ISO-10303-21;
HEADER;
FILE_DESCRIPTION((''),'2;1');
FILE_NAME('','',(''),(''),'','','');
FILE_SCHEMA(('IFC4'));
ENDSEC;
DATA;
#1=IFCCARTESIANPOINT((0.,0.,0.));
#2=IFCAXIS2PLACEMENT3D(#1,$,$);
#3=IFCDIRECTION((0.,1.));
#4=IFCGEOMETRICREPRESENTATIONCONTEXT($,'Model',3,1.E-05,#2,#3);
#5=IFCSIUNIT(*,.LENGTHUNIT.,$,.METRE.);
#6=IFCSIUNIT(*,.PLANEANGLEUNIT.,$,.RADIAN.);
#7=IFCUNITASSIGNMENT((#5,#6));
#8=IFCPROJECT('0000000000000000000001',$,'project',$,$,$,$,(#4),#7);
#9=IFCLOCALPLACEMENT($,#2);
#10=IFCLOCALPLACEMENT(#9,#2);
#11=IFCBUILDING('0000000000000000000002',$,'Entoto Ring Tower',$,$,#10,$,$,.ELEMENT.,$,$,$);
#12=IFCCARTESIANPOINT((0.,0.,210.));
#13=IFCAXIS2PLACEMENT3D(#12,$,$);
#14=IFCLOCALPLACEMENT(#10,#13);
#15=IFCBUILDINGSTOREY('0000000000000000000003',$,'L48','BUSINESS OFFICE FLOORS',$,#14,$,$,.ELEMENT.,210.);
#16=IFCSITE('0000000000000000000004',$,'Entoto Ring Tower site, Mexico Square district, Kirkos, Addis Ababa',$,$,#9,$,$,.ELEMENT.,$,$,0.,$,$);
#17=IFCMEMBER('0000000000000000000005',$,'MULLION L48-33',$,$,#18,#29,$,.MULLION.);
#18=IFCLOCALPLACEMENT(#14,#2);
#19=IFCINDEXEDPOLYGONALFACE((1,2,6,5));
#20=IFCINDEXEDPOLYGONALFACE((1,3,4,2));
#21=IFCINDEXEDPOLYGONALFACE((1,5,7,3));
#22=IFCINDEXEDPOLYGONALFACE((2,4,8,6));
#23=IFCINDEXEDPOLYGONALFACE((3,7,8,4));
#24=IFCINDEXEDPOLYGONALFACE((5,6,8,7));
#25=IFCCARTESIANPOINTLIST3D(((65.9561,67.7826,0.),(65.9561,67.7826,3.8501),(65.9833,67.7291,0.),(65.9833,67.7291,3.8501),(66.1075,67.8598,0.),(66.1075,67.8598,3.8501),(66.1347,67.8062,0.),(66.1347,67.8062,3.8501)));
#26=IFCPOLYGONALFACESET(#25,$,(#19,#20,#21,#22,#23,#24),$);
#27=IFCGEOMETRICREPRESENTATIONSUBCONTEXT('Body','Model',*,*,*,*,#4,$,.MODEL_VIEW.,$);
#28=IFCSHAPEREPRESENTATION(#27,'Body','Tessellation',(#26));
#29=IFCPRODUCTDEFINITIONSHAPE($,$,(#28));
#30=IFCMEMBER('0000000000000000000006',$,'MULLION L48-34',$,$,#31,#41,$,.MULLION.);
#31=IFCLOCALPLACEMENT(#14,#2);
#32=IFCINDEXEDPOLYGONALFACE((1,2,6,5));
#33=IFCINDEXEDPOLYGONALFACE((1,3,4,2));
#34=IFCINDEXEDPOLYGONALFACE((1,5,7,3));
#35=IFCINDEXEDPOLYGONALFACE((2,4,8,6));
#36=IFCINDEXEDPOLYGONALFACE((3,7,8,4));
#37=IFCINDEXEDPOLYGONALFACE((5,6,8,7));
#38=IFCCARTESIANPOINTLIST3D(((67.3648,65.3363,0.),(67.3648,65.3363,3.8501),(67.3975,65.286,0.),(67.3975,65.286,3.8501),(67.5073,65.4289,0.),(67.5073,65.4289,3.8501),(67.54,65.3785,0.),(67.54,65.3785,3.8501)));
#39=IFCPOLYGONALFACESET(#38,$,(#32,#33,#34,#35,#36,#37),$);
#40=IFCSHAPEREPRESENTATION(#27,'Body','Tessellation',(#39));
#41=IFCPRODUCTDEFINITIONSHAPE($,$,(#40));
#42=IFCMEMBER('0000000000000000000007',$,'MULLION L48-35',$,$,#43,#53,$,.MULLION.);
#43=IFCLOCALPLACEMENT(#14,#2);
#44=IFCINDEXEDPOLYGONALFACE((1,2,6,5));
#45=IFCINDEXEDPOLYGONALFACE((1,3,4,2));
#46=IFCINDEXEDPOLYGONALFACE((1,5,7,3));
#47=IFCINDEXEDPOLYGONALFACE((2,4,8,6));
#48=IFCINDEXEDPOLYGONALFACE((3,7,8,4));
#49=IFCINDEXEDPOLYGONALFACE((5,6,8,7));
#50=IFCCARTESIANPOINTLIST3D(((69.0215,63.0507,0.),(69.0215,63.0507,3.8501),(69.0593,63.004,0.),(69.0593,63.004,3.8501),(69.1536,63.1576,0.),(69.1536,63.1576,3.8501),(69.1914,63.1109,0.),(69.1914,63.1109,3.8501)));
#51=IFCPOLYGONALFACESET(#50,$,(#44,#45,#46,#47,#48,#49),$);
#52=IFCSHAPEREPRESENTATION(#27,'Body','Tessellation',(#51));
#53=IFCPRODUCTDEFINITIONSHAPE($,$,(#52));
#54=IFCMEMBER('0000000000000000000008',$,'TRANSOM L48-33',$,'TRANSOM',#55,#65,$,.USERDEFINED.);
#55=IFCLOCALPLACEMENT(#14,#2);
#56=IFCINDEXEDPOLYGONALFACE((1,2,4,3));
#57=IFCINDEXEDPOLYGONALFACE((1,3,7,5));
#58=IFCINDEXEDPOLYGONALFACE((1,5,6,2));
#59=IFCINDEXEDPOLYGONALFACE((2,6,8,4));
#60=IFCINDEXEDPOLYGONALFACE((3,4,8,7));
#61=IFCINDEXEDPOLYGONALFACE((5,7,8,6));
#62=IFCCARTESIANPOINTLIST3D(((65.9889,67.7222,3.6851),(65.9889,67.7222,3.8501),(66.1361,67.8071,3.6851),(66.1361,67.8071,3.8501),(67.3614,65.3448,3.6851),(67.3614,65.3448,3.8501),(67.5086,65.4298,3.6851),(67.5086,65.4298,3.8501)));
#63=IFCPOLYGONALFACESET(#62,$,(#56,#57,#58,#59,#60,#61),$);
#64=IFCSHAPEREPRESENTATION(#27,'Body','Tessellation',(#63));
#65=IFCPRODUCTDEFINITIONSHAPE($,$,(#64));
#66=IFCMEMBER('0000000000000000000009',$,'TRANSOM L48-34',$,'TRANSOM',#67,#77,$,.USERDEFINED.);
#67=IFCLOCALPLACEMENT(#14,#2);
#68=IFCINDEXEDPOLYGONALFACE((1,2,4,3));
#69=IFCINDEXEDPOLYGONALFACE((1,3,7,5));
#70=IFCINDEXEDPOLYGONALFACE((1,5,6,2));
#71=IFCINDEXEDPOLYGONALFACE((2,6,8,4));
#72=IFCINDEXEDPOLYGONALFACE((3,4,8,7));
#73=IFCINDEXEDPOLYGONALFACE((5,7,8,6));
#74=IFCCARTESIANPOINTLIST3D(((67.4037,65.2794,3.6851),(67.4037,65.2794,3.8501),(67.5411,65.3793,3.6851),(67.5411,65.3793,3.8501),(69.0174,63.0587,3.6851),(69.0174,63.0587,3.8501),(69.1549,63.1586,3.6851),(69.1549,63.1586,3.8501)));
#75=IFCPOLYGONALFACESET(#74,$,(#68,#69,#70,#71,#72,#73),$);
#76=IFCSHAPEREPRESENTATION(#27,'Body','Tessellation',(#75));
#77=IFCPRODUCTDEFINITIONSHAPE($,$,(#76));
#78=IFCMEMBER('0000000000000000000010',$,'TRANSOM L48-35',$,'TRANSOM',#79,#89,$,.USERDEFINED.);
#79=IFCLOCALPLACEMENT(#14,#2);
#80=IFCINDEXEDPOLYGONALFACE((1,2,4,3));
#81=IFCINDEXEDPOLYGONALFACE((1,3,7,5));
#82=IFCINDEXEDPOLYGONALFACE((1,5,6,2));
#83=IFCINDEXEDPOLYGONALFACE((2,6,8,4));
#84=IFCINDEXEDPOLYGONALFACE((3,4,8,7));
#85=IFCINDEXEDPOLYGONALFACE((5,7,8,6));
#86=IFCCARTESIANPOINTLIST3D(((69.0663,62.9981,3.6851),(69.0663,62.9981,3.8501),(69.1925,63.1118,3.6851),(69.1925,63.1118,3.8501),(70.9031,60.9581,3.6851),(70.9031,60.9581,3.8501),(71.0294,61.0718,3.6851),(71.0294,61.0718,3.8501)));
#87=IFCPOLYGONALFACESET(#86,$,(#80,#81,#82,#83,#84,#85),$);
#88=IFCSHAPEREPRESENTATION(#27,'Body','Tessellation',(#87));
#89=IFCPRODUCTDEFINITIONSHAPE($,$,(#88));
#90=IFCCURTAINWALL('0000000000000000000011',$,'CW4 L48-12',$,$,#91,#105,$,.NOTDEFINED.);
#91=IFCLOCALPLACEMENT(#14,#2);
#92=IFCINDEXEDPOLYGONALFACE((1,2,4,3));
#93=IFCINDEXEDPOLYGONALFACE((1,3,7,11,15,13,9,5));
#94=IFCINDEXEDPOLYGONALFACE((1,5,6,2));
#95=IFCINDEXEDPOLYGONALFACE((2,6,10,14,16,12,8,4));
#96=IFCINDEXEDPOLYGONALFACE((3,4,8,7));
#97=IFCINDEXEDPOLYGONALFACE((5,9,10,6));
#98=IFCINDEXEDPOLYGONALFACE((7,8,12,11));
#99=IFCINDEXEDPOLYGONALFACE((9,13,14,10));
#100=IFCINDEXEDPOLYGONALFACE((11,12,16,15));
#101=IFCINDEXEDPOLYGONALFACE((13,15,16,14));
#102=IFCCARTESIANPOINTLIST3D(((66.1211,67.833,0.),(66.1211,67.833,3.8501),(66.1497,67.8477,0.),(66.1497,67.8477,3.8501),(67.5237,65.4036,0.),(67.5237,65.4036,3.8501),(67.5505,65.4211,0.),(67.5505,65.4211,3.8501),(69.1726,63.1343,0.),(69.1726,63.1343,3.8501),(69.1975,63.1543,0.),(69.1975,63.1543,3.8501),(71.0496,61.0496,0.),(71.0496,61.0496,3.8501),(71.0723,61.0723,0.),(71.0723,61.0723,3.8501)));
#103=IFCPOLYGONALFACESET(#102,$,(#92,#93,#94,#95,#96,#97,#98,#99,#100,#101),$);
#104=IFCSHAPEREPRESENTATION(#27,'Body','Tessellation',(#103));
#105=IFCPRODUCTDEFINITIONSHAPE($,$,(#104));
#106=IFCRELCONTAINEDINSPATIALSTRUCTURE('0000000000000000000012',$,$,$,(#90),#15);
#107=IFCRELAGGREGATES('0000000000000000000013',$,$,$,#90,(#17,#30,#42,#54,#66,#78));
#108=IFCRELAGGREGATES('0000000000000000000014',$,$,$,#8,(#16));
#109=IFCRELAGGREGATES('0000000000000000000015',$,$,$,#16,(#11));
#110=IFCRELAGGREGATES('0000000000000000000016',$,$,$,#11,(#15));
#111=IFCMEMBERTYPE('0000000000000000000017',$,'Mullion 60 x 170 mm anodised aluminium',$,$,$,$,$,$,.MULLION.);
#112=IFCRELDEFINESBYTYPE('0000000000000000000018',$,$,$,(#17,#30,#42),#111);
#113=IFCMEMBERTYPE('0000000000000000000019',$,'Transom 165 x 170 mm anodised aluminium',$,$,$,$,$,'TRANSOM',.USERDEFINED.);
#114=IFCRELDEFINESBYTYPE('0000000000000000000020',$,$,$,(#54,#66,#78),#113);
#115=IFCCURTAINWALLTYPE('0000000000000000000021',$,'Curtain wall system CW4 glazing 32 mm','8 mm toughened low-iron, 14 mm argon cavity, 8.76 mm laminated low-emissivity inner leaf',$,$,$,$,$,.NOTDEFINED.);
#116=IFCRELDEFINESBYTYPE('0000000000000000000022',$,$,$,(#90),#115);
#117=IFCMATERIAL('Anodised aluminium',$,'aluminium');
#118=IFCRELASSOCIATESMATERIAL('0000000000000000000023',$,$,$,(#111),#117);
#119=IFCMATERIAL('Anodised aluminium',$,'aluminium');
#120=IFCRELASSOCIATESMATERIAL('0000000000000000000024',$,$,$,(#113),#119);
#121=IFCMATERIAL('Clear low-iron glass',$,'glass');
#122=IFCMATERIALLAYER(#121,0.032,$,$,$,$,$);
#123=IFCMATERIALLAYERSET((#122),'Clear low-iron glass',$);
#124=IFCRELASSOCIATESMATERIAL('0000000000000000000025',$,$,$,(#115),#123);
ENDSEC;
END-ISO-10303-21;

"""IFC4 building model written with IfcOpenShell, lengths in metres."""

from ifc_helpers import new_model, si_unit, direction, frame, origin, origin_2d, place, context, subcontext, project, spatial, polyline, rectangle, outline, extrude, material, layer, layer_set, material_profile, profile_set, type_object, element, aggregate, save


model = new_model("IFC4")

# Units and contexts
model_context = context("Model", 3, precision=1e-05, world=origin(), true_north=direction((0.0, 1.0)))
body_context = subcontext(model_context, "Body", "Model", "MODEL_VIEW")
ifc_project = project(units=[si_unit("LENGTHUNIT", "METRE"), si_unit("PLANEANGLEUNIT", "RADIAN")], contexts=[model_context])

# Members
ifc_material_1 = material(Name="Anodised aluminium", Category="aluminium")
ifc_material_profile_1 = material_profile(ifc_material_1, rectangle(XDim=0.0601, YDim=0.1699, at=origin_2d()), Name="Mullion 60 x 170 mm anodised aluminium")
ifc_profile_set_1 = profile_set([ifc_material_profile_1], Name="Anodised aluminium")
member_type_1 = type_object("IfcMemberType", Name="Mullion 60 x 170 mm anodised aluminium", PredefinedType="MULLION", material=ifc_profile_set_1)
site_placement = place(None, origin())
building_placement = place(site_placement, origin())
storey_placement = place(building_placement, frame((0.0, 0.0, 210.0)))
member_1_placement = place(storey_placement, frame((66.0454, 67.7944, 0.0), z_axis=(0.0, 0.0, 1.0), x_axis=(0.45399, -0.891007, 0.0)))
member_1 = element("IfcMember", 1, at=member_1_placement, type_object=member_type_1, Name="MULLION L48-33", PredefinedType="MULLION", context=body_context, shape_type="SweptSolid", body=[
    extrude(rectangle(XDim=0.0601, YDim=0.1699, at=origin_2d()), origin(), (0.0, 0.0, 1.0), 3.8501),
])
member_2_placement = place(storey_placement, frame((67.4524, 65.3574, 0.0), z_axis=(0.0, 0.0, 1.0), x_axis=(0.544639, -0.838671, 0.0)))
member_2 = element("IfcMember", 2, at=member_2_placement, type_object=member_type_1, Name="MULLION L48-34", PredefinedType="MULLION", context=body_context, shape_type="SweptSolid", body=[
    extrude(rectangle(XDim=0.0601, YDim=0.1699, at=origin_2d()), origin(), (0.0, 0.0, 1.0), 3.8501),
])
member_3_placement = place(storey_placement, frame((69.1064, 63.0808, 0.0), z_axis=(0.0, 0.0, 1.0), x_axis=(0.62932, -0.777146, 0.0)))
member_3 = element("IfcMember", 3, at=member_3_placement, type_object=member_type_1, Name="MULLION L48-35", PredefinedType="MULLION", context=body_context, shape_type="SweptSolid", body=[
    extrude(rectangle(XDim=0.0601, YDim=0.1699, at=origin_2d()), origin(), (0.0, 0.0, 1.0), 3.8501),
])
ifc_material_2 = material(Name="Anodised aluminium", Category="aluminium")
ifc_material_profile_2 = material_profile(ifc_material_2, rectangle(XDim=0.1699, YDim=0.165, at=origin_2d()), Name="Transom 165 x 170 mm anodised aluminium")
ifc_profile_set_2 = profile_set([ifc_material_profile_2], Name="Anodised aluminium")
member_type_2 = type_object("IfcMemberType", Name="Transom 165 x 170 mm anodised aluminium", ElementType="TRANSOM", PredefinedType="USERDEFINED", material=ifc_profile_set_2)
member_4_placement = place(storey_placement, frame((66.0625, 67.7646, 3.7676), z_axis=(0.499984, -0.866035, 0.0), x_axis=(0.866035, 0.499984, 0.0)))
member_4 = element("IfcMember", 4, at=member_4_placement, type_object=member_type_2, Name="TRANSOM L48-33", ObjectType="TRANSOM", PredefinedType="USERDEFINED", context=body_context, shape_type="SweptSolid", body=[
    extrude(rectangle(XDim=0.1699, YDim=0.165, at=origin_2d()), origin(), (0.0, 0.0, 1.0), 2.7451),
])
member_5_placement = place(storey_placement, frame((67.4724, 65.3293, 3.7676), z_axis=(0.587865, -0.808959, 0.0), x_axis=(0.808959, 0.587865, 0.0)))
member_5 = element("IfcMember", 5, at=member_5_placement, type_object=member_type_2, Name="TRANSOM L48-34", ObjectType="TRANSOM", PredefinedType="USERDEFINED", context=body_context, shape_type="SweptSolid", body=[
    extrude(rectangle(XDim=0.1699, YDim=0.165, at=origin_2d()), origin(), (0.0, 0.0, 1.0), 2.7451),
])
member_6_placement = place(storey_placement, frame((69.1294, 63.0549, 3.7676), z_axis=(0.669142, -0.743135, 0.0), x_axis=(0.743135, 0.669142, 0.0)))
member_6 = element("IfcMember", 6, at=member_6_placement, type_object=member_type_2, Name="TRANSOM L48-35", ObjectType="TRANSOM", PredefinedType="USERDEFINED", context=body_context, shape_type="SweptSolid", body=[
    extrude(rectangle(XDim=0.1699, YDim=0.165, at=origin_2d()), origin(), (0.0, 0.0, 1.0), 2.7451),
])

# Site, building, storey
site = spatial("IfcSite", under=ifc_project, at=site_placement, Name="Entoto Ring Tower site, Mexico Square district, Kirkos, Addis Ababa", CompositionType="ELEMENT", RefElevation=0.0)
building = spatial("IfcBuilding", under=site, at=building_placement, Name="Entoto Ring Tower", CompositionType="ELEMENT")
storey = spatial("IfcBuildingStorey", under=building, at=storey_placement, Name="L48", Description="BUSINESS OFFICE FLOORS", CompositionType="ELEMENT", Elevation=210.0)

# Curtain wall
ifc_material_3 = material(Name="Clear low-iron glass", Category="glass")
ifc_layer = layer(ifc_material_3, 0.032)
ifc_layer_set = layer_set([ifc_layer], Name="Clear low-iron glass")
curtain_wall_type = type_object("IfcCurtainWallType", Name="Curtain wall system CW4 glazing 32 mm", Description="8 mm toughened low-iron, 14 mm argon cavity, 8.76 mm laminated low-emissivity inner leaf", PredefinedType="NOTDEFINED", material=ifc_layer_set)
curtain_wall_1_placement = place(storey_placement, origin())
curtain_wall_1 = element("IfcCurtainWall", 7, at=curtain_wall_1_placement, inside=storey, type_object=curtain_wall_type, Name="CW4 L48-12", PredefinedType="NOTDEFINED", context=body_context, shape_type="SweptSolid", body=[
    extrude(outline(polyline([(66.1211, 67.833), (67.5237, 65.4036), (69.1726, 63.1343), (71.0496, 61.0496), (71.0723, 61.0723), (69.1975, 63.1543), (67.5505, 65.4211), (66.1497, 67.8477), (66.1211, 67.833)])), origin(), (0.0, 0.0, 1.0), 3.8501),
])
aggregate(curtain_wall_1, [member_1, member_2, member_3, member_4, member_5, member_6])

save(model, "model.ifc")
